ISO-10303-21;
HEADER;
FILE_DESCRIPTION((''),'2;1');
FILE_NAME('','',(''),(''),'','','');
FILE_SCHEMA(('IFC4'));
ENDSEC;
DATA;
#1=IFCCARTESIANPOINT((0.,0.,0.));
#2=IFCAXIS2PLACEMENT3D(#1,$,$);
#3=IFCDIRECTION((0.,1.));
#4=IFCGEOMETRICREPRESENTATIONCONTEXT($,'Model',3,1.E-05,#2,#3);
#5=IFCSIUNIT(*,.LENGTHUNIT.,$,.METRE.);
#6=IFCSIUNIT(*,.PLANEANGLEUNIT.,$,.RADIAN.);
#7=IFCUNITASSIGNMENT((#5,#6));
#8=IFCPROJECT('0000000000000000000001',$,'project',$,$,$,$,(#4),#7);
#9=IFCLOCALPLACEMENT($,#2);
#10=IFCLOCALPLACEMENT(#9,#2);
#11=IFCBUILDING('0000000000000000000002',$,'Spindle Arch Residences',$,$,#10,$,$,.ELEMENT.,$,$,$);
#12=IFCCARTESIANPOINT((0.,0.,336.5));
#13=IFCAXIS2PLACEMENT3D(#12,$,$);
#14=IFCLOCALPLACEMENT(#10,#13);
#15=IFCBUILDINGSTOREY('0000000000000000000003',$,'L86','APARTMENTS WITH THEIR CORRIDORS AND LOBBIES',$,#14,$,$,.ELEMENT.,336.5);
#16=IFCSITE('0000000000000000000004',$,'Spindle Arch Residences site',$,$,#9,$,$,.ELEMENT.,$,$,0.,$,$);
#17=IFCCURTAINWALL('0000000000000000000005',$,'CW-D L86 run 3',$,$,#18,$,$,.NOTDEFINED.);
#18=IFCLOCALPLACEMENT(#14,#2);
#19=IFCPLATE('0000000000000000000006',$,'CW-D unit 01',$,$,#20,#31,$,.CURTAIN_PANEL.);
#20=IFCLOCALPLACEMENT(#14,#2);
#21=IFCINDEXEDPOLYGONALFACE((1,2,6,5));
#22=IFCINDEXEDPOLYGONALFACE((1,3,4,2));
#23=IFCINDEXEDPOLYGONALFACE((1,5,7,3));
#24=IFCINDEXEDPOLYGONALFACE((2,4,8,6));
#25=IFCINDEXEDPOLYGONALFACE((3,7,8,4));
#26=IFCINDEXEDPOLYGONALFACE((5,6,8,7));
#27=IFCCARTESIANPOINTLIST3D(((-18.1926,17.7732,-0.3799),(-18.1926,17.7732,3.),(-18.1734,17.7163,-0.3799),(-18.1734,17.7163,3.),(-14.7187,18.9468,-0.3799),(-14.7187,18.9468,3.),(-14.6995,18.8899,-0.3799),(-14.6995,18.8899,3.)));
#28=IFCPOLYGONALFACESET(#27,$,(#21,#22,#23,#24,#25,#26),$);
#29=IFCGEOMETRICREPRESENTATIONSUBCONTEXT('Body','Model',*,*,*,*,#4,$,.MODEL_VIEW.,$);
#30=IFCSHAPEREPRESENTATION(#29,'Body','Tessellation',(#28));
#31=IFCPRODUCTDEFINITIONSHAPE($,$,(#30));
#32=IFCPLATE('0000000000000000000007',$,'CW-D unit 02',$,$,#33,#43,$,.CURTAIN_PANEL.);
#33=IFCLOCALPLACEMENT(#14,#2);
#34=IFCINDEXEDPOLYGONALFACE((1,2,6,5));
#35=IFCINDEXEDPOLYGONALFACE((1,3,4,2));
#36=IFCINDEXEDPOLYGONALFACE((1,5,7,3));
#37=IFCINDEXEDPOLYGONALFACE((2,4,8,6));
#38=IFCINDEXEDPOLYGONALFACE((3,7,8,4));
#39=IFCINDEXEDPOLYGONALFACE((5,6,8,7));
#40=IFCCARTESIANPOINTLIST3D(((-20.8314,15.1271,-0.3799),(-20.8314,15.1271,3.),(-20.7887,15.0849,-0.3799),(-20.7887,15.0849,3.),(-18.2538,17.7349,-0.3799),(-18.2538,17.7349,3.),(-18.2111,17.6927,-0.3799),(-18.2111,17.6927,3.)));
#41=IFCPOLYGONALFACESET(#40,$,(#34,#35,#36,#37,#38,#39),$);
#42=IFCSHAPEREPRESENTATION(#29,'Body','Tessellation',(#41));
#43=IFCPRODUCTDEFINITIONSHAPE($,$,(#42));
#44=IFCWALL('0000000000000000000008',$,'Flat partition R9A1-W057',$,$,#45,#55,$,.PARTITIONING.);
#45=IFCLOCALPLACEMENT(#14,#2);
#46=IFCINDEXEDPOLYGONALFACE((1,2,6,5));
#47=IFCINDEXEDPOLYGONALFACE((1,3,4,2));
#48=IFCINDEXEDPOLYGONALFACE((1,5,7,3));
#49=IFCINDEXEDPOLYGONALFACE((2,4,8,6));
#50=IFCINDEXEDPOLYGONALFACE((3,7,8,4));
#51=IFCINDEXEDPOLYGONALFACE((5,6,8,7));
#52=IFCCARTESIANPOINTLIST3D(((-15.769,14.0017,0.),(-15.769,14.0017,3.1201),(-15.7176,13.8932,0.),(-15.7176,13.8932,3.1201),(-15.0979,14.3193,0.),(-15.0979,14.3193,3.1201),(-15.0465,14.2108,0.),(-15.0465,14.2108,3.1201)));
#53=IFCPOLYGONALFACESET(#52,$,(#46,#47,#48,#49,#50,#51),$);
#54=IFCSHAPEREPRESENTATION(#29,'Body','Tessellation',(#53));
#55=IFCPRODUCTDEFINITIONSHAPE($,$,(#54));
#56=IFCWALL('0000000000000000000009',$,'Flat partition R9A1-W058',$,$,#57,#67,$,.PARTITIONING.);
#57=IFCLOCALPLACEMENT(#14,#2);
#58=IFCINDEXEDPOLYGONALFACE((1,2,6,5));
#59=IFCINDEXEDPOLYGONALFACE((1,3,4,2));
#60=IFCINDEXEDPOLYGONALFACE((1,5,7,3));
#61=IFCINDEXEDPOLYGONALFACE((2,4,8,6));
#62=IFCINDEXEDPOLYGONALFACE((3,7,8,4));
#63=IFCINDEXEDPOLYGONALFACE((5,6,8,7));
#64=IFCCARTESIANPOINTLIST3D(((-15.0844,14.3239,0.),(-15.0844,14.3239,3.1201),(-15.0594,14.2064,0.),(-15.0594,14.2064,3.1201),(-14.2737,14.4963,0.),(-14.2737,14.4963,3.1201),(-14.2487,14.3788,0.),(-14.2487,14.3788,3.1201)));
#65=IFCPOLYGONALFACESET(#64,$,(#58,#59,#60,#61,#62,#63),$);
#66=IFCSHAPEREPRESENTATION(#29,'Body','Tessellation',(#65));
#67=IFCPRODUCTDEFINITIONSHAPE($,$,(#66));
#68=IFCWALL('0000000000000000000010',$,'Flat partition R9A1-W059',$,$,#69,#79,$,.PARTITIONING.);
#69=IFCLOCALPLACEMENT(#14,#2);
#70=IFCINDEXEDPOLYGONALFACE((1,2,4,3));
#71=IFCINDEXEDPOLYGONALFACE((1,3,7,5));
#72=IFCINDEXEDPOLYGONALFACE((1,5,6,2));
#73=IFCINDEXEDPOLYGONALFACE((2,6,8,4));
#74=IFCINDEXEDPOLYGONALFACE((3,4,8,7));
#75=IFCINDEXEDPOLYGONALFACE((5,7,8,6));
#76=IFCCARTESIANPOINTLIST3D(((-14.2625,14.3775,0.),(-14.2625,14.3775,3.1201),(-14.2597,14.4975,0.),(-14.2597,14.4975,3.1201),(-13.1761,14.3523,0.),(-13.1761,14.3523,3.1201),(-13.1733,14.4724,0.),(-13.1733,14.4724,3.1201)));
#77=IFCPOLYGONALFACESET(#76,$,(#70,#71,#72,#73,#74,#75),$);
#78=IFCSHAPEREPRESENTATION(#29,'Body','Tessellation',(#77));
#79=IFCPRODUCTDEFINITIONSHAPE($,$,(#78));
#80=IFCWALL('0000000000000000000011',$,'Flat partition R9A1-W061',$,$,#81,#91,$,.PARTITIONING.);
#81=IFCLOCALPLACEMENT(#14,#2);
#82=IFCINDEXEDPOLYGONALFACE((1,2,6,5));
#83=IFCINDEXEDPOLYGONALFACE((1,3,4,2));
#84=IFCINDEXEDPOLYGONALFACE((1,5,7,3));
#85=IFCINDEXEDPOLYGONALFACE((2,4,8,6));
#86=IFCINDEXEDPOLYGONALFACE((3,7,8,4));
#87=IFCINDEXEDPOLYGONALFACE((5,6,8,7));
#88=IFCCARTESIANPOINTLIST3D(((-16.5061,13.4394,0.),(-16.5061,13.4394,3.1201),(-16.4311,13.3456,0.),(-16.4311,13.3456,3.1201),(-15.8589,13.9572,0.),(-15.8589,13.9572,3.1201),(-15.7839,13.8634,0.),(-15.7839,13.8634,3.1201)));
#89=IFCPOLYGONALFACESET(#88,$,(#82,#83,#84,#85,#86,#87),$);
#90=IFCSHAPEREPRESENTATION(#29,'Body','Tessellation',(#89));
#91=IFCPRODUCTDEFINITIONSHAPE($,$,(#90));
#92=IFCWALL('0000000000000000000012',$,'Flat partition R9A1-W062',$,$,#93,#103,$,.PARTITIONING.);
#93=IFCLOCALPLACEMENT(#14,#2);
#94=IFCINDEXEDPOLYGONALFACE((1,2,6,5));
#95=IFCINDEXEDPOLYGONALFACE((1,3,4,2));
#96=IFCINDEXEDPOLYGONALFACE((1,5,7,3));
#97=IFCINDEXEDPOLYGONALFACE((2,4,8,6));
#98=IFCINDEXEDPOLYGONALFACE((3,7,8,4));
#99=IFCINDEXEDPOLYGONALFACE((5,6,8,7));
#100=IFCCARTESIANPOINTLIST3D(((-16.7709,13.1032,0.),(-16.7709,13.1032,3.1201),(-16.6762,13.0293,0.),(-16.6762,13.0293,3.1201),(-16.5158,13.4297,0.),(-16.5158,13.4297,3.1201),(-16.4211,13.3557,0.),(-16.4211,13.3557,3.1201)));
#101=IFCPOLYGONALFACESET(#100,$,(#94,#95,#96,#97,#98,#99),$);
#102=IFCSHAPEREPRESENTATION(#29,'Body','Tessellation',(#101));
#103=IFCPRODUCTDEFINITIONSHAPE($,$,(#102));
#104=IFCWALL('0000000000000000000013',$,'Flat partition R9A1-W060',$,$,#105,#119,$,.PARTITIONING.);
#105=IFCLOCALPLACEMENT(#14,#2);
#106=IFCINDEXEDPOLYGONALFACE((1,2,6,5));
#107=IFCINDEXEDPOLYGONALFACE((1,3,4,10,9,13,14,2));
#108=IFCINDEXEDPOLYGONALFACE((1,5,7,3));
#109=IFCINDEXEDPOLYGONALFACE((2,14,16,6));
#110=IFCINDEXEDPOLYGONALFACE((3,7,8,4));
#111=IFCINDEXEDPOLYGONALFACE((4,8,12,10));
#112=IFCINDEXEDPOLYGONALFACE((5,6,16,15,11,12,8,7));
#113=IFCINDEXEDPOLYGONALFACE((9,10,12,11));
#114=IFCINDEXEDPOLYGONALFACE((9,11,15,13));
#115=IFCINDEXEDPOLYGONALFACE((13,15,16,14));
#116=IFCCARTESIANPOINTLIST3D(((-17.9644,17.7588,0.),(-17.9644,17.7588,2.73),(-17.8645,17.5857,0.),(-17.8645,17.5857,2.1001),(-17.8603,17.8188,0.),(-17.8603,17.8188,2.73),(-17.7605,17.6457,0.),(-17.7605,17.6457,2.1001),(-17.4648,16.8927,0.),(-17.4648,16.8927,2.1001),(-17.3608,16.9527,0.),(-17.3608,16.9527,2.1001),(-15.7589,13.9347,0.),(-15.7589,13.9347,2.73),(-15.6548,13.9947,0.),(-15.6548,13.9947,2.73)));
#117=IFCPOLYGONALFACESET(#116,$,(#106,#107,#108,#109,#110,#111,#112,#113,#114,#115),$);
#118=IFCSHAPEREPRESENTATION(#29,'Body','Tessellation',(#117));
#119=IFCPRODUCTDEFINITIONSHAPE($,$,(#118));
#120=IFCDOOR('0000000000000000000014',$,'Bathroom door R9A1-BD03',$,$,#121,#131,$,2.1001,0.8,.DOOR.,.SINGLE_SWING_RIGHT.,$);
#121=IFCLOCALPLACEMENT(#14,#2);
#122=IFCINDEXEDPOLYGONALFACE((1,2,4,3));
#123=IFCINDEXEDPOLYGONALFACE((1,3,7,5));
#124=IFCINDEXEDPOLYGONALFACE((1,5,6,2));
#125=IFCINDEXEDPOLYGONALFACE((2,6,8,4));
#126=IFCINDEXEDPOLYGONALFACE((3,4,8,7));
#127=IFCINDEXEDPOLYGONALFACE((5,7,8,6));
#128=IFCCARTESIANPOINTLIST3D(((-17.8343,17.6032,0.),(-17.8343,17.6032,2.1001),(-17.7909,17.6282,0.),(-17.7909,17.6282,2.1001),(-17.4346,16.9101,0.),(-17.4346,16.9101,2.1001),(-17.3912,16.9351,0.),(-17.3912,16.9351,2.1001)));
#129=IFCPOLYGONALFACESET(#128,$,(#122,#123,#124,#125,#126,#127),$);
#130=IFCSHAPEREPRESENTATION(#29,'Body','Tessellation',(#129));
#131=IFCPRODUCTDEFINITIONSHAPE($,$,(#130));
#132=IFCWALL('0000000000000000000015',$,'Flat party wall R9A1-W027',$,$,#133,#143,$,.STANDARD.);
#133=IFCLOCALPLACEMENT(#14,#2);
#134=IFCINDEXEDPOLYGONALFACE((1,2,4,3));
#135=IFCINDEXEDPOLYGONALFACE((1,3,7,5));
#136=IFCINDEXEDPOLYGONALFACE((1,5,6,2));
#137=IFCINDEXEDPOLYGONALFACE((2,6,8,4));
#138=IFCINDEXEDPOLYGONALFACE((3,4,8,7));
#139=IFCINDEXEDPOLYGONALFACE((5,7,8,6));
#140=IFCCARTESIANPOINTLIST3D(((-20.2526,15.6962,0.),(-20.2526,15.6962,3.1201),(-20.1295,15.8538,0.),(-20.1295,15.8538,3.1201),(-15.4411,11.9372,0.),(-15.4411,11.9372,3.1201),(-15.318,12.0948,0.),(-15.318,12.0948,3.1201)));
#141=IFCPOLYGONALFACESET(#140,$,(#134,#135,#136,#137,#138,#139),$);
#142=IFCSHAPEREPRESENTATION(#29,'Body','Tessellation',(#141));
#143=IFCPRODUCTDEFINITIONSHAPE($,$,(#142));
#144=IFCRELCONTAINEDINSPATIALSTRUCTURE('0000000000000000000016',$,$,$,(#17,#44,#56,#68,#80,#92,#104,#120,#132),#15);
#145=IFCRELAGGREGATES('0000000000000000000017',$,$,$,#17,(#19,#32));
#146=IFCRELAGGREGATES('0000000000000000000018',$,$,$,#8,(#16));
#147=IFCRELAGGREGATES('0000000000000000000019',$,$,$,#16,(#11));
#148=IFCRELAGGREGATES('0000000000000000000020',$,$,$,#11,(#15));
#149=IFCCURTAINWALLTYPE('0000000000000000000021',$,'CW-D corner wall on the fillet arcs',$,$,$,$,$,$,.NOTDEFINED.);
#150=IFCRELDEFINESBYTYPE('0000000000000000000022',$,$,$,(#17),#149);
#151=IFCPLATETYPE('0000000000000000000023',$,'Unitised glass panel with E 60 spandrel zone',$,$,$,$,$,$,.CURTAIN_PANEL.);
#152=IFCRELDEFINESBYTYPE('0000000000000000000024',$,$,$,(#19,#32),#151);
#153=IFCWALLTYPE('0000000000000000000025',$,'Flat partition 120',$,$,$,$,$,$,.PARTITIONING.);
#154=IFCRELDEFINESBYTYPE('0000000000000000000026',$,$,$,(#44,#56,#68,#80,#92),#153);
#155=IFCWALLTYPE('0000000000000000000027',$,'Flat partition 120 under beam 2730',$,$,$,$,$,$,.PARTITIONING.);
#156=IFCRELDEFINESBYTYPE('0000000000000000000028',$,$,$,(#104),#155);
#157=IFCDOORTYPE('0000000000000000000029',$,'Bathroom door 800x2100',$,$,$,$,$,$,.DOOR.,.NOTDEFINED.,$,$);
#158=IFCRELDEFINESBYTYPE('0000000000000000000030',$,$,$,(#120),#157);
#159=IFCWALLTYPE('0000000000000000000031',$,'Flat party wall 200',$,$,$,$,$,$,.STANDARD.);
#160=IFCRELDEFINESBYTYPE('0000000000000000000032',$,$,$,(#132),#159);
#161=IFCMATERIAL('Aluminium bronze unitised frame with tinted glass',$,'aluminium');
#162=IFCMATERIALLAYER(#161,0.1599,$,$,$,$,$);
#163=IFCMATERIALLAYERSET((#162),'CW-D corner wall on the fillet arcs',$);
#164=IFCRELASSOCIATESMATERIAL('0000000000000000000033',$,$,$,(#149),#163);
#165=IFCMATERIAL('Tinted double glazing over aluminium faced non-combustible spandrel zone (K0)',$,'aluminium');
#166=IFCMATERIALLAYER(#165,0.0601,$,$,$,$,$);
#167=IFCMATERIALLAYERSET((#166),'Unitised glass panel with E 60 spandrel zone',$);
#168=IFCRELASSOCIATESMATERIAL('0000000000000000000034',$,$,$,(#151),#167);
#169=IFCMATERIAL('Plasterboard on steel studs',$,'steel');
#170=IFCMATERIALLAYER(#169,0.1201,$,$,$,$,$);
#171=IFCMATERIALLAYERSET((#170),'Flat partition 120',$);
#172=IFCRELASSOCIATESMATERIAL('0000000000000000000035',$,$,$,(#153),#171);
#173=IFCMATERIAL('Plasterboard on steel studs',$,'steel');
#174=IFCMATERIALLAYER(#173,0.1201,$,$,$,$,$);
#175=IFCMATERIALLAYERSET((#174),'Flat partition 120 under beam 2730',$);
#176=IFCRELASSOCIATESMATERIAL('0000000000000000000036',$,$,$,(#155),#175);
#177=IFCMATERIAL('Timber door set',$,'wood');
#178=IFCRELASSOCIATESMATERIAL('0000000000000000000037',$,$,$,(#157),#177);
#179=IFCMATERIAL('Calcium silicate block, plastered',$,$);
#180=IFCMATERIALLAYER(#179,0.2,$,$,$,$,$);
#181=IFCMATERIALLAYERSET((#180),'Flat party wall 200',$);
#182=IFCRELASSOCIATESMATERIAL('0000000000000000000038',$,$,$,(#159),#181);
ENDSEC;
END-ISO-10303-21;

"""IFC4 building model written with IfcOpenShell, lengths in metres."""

from ifc_helpers import new_model, si_unit, direction, frame, frame_2d, origin, origin_2d, place, context, subcontext, project, spatial, rectangle, extrude, material, layer, layer_set, type_object, element, fill, aggregate, save


model = new_model("IFC4")

# Units and contexts
model_context = context("Model", 3, precision=1e-05, world=origin(), true_north=direction((0.0, 1.0)))
body_context = subcontext(model_context, "Body", "Model", "MODEL_VIEW")
ifc_project = project(units=[si_unit("LENGTHUNIT", "METRE"), si_unit("PLANEANGLEUNIT", "RADIAN")], contexts=[model_context])

# Site, building, storey
site_placement = place(None, origin())
site = spatial("IfcSite", under=ifc_project, at=site_placement, Name="Spindle Arch Residences site", CompositionType="ELEMENT", RefElevation=0.0)
building_placement = place(site_placement, origin())
building = spatial("IfcBuilding", under=site, at=building_placement, Name="Spindle Arch Residences", CompositionType="ELEMENT")
storey_placement = place(building_placement, frame((0.0, 0.0, 336.5)))
storey = spatial("IfcBuildingStorey", under=building, at=storey_placement, Name="L86", Description="APARTMENTS WITH THEIR CORRIDORS AND LOBBIES", CompositionType="ELEMENT", Elevation=336.5)

# Curtain wall
ifc_material_1 = material(Name="Aluminium bronze unitised frame with tinted glass", Category="aluminium")
ifc_layer_1 = layer(ifc_material_1, 0.1599)
ifc_layer_set_1 = layer_set([ifc_layer_1], Name="CW-D corner wall on the fillet arcs")
curtain_wall_type = type_object("IfcCurtainWallType", Name="CW-D corner wall on the fillet arcs", PredefinedType="NOTDEFINED", material=ifc_layer_set_1)
curtain_wall_placement = place(storey_placement, origin())
curtain_wall = element("IfcCurtainWall", 1, at=curtain_wall_placement, inside=storey, type_object=curtain_wall_type, Name="CW-D L86 run 3", PredefinedType="NOTDEFINED")

# Plates
ifc_material_2 = material(Name="Tinted double glazing over aluminium faced non-combustible spandrel zone (K0)", Category="aluminium")
ifc_layer_2 = layer(ifc_material_2, 0.0601)
ifc_layer_set_2 = layer_set([ifc_layer_2], Name="Unitised glass panel with E 60 spandrel zone")
plate_type = type_object("IfcPlateType", Name="Unitised glass panel with E 60 spandrel zone", PredefinedType="CURTAIN_PANEL", material=ifc_layer_set_2)
plate_1_placement = place(storey_placement, frame((-16.446, 18.3315, -0.3799), z_axis=(0.0, 0.0, 1.0), x_axis=(-0.947397, -0.320062, 0.0)))
plate_1 = element("IfcPlate", 2, at=plate_1_placement, type_object=plate_type, Name="CW-D unit 01", PredefinedType="CURTAIN_PANEL", context=body_context, shape_type="SweptSolid", body=[
    extrude(rectangle(XDim=3.6667, YDim=0.0601, at=origin_2d()), origin(), (0.0, 0.0, 1.0), 3.3799),
])
plate_2_placement = place(storey_placement, frame((-19.5212, 16.4099, -0.3799), z_axis=(0.0, 0.0, 1.0), x_axis=(-0.702981, -0.711209, 0.0)))
plate_2 = element("IfcPlate", 3, at=plate_2_placement, type_object=plate_type, Name="CW-D unit 02", PredefinedType="CURTAIN_PANEL", context=body_context, shape_type="SweptSolid", body=[
    extrude(rectangle(XDim=3.6667, YDim=0.0601, at=origin_2d()), origin(), (0.0, 0.0, 1.0), 3.3799),
])
aggregate(curtain_wall, [plate_1, plate_2])

# Walls
ifc_material_3 = material(Name="Plasterboard on steel studs", Category="steel")
ifc_layer_3 = layer(ifc_material_3, 0.1201)
ifc_layer_set_3 = layer_set([ifc_layer_3], Name="Flat partition 120")
wall_type_1 = type_object("IfcWallType", Name="Flat partition 120", PredefinedType="PARTITIONING", material=ifc_layer_set_3)
wall_1_placement = place(storey_placement, frame((-15.7432, 13.9475, 0.0), z_axis=(0.0, 0.0, 1.0), x_axis=(0.903885, 0.427775, 0.0)))
element("IfcWall", 4, at=wall_1_placement, inside=storey, type_object=wall_type_1, Name="Flat partition R9A1-W057", PredefinedType="PARTITIONING", context=body_context, shape_type="SweptSolid", body=[
    extrude(rectangle(XDim=0.7424, YDim=0.1201, at=frame_2d((0.3711, 0.0))), origin(), (0.0, 0.0, 1.0), 3.1201),
])
wall_2_placement = place(storey_placement, frame((-15.072, 14.2651, 0.0), z_axis=(0.0, 0.0, 1.0), x_axis=(0.978142, 0.20794, 0.0)))
element("IfcWall", 5, at=wall_2_placement, inside=storey, type_object=wall_type_1, Name="Flat partition R9A1-W058", PredefinedType="PARTITIONING", context=body_context, shape_type="SweptSolid", body=[
    extrude(rectangle(XDim=0.8289, YDim=0.1201, at=frame_2d((0.4146, 0.0))), origin(), (0.0, 0.0, 1.0), 3.1201),
])
wall_3_placement = place(storey_placement, frame((-14.2612, 14.4375, 0.0), z_axis=(0.0, 0.0, 1.0), x_axis=(0.999732, -0.02314, 0.0)))
element("IfcWall", 6, at=wall_3_placement, inside=storey, type_object=wall_type_1, Name="Flat partition R9A1-W059", PredefinedType="PARTITIONING", context=body_context, shape_type="SweptSolid", body=[
    extrude(rectangle(XDim=1.0867, YDim=0.1201, at=frame_2d((0.5435, 0.0))), origin(), (0.0, 0.0, 1.0), 3.1201),
])
wall_4_placement = place(storey_placement, frame((-15.8213, 13.9104, 0.0), z_axis=(0.0, 0.0, 1.0), x_axis=(-0.78084, -0.624731, 0.0)))
element("IfcWall", 7, at=wall_4_placement, inside=storey, type_object=wall_type_1, Name="Flat partition R9A1-W061", PredefinedType="PARTITIONING", context=body_context, shape_type="SweptSolid", body=[
    extrude(rectangle(XDim=0.8289, YDim=0.1201, at=frame_2d((0.4146, 0.0))), origin(), (0.0, 0.0, 1.0), 3.1201),
])
wall_5_placement = place(storey_placement, frame((-16.4685, 13.3926, 0.0), z_axis=(0.0, 0.0, 1.0), x_axis=(-0.615816, -0.78789, 0.0)))
element("IfcWall", 8, at=wall_5_placement, inside=storey, type_object=wall_type_1, Name="Flat partition R9A1-W062", PredefinedType="PARTITIONING", context=body_context, shape_type="SweptSolid", body=[
    extrude(rectangle(XDim=0.4143, YDim=0.1201, at=frame_2d((0.207, 0.0))), origin(), (0.0, 0.0, 1.0), 3.1201),
])

# Wall, opening, door
ifc_material_4 = material(Name="Plasterboard on steel studs", Category="steel")
ifc_layer_4 = layer(ifc_material_4, 0.1201)
ifc_layer_set_4 = layer_set([ifc_layer_4], Name="Flat partition 120 under beam 2730")
wall_type_2 = type_object("IfcWallType", Name="Flat partition 120 under beam 2730", PredefinedType="PARTITIONING", material=ifc_layer_set_4)
wall_6_placement = place(storey_placement, frame((-17.9124, 17.7888, 0.0), z_axis=(0.0, 0.0, 1.0), x_axis=(0.499601, -0.866256, 0.0)))
wall_6 = element("IfcWall", 9, at=wall_6_placement, inside=storey, type_object=wall_type_2, Name="Flat partition R9A1-W060", PredefinedType="PARTITIONING", context=body_context, shape_type="SweptSolid", body=[
    extrude(rectangle(XDim=4.4146, YDim=0.1201, at=frame_2d((2.2073, 0.0))), origin(), (0.0, 0.0, 1.0), 2.73),
])
opening_placement = place(wall_6_placement, frame((0.2, 0.0, 0.0)))
opening = element("IfcOpeningElement", 10, at=opening_placement, cuts=wall_6, PredefinedType="OPENING", context=body_context, shape_type="SweptSolid", body=[
    extrude(rectangle(XDim=0.8, YDim=2.1001, at=frame_2d((0.3999, 1.05))), frame((0.0, 0.0701, 0.0), z_axis=(0.0, -1.0, 0.0), x_axis=(1.0, 0.0, 0.0)), (0.0, 0.0, 1.0), 0.1401),
])
ifc_material_5 = material(Name="Timber door set", Category="wood")
door_type = type_object("IfcDoorType", Name="Bathroom door 800x2100", OperationType="NOTDEFINED", PredefinedType="DOOR", material=ifc_material_5)
door_placement = place(opening_placement, origin())
door = element("IfcDoor", 11, at=door_placement, inside=storey, type_object=door_type, Name="Bathroom door R9A1-BD03", OperationType="SINGLE_SWING_RIGHT", OverallHeight=2.1001, OverallWidth=0.8, PredefinedType="DOOR", context=body_context, shape_type="SweptSolid", body=[
    extrude(rectangle(XDim=0.8, YDim=2.1001, at=frame_2d((0.3999, 1.05))), frame((0.0, 0.0249, 0.0), z_axis=(0.0, -1.0, 0.0), x_axis=(1.0, 0.0, 0.0)), (0.0, 0.0, 1.0), 0.05),
])
fill(opening, door)

# Wall
ifc_material_6 = material(Name="Calcium silicate block, plastered")
ifc_layer_5 = layer(ifc_material_6, 0.2)
ifc_layer_set_5 = layer_set([ifc_layer_5], Name="Flat party wall 200")
wall_type_3 = type_object("IfcWallType", Name="Flat party wall 200", PredefinedType="STANDARD", material=ifc_layer_set_5)
wall_7_placement = place(storey_placement, frame((-20.1909, 15.7749, 0.0), z_axis=(0.0, 0.0, 1.0), x_axis=(0.788022, -0.615647, 0.0)))
element("IfcWall", 12, at=wall_7_placement, inside=storey, type_object=wall_type_3, Name="Flat party wall R9A1-W027", PredefinedType="STANDARD", context=body_context, shape_type="SweptSolid", body=[
    extrude(rectangle(XDim=6.1057, YDim=0.2, at=frame_2d((3.0527, 0.0))), origin(), (0.0, 0.0, 1.0), 3.1201),
])

save(model, "model.ifc")
